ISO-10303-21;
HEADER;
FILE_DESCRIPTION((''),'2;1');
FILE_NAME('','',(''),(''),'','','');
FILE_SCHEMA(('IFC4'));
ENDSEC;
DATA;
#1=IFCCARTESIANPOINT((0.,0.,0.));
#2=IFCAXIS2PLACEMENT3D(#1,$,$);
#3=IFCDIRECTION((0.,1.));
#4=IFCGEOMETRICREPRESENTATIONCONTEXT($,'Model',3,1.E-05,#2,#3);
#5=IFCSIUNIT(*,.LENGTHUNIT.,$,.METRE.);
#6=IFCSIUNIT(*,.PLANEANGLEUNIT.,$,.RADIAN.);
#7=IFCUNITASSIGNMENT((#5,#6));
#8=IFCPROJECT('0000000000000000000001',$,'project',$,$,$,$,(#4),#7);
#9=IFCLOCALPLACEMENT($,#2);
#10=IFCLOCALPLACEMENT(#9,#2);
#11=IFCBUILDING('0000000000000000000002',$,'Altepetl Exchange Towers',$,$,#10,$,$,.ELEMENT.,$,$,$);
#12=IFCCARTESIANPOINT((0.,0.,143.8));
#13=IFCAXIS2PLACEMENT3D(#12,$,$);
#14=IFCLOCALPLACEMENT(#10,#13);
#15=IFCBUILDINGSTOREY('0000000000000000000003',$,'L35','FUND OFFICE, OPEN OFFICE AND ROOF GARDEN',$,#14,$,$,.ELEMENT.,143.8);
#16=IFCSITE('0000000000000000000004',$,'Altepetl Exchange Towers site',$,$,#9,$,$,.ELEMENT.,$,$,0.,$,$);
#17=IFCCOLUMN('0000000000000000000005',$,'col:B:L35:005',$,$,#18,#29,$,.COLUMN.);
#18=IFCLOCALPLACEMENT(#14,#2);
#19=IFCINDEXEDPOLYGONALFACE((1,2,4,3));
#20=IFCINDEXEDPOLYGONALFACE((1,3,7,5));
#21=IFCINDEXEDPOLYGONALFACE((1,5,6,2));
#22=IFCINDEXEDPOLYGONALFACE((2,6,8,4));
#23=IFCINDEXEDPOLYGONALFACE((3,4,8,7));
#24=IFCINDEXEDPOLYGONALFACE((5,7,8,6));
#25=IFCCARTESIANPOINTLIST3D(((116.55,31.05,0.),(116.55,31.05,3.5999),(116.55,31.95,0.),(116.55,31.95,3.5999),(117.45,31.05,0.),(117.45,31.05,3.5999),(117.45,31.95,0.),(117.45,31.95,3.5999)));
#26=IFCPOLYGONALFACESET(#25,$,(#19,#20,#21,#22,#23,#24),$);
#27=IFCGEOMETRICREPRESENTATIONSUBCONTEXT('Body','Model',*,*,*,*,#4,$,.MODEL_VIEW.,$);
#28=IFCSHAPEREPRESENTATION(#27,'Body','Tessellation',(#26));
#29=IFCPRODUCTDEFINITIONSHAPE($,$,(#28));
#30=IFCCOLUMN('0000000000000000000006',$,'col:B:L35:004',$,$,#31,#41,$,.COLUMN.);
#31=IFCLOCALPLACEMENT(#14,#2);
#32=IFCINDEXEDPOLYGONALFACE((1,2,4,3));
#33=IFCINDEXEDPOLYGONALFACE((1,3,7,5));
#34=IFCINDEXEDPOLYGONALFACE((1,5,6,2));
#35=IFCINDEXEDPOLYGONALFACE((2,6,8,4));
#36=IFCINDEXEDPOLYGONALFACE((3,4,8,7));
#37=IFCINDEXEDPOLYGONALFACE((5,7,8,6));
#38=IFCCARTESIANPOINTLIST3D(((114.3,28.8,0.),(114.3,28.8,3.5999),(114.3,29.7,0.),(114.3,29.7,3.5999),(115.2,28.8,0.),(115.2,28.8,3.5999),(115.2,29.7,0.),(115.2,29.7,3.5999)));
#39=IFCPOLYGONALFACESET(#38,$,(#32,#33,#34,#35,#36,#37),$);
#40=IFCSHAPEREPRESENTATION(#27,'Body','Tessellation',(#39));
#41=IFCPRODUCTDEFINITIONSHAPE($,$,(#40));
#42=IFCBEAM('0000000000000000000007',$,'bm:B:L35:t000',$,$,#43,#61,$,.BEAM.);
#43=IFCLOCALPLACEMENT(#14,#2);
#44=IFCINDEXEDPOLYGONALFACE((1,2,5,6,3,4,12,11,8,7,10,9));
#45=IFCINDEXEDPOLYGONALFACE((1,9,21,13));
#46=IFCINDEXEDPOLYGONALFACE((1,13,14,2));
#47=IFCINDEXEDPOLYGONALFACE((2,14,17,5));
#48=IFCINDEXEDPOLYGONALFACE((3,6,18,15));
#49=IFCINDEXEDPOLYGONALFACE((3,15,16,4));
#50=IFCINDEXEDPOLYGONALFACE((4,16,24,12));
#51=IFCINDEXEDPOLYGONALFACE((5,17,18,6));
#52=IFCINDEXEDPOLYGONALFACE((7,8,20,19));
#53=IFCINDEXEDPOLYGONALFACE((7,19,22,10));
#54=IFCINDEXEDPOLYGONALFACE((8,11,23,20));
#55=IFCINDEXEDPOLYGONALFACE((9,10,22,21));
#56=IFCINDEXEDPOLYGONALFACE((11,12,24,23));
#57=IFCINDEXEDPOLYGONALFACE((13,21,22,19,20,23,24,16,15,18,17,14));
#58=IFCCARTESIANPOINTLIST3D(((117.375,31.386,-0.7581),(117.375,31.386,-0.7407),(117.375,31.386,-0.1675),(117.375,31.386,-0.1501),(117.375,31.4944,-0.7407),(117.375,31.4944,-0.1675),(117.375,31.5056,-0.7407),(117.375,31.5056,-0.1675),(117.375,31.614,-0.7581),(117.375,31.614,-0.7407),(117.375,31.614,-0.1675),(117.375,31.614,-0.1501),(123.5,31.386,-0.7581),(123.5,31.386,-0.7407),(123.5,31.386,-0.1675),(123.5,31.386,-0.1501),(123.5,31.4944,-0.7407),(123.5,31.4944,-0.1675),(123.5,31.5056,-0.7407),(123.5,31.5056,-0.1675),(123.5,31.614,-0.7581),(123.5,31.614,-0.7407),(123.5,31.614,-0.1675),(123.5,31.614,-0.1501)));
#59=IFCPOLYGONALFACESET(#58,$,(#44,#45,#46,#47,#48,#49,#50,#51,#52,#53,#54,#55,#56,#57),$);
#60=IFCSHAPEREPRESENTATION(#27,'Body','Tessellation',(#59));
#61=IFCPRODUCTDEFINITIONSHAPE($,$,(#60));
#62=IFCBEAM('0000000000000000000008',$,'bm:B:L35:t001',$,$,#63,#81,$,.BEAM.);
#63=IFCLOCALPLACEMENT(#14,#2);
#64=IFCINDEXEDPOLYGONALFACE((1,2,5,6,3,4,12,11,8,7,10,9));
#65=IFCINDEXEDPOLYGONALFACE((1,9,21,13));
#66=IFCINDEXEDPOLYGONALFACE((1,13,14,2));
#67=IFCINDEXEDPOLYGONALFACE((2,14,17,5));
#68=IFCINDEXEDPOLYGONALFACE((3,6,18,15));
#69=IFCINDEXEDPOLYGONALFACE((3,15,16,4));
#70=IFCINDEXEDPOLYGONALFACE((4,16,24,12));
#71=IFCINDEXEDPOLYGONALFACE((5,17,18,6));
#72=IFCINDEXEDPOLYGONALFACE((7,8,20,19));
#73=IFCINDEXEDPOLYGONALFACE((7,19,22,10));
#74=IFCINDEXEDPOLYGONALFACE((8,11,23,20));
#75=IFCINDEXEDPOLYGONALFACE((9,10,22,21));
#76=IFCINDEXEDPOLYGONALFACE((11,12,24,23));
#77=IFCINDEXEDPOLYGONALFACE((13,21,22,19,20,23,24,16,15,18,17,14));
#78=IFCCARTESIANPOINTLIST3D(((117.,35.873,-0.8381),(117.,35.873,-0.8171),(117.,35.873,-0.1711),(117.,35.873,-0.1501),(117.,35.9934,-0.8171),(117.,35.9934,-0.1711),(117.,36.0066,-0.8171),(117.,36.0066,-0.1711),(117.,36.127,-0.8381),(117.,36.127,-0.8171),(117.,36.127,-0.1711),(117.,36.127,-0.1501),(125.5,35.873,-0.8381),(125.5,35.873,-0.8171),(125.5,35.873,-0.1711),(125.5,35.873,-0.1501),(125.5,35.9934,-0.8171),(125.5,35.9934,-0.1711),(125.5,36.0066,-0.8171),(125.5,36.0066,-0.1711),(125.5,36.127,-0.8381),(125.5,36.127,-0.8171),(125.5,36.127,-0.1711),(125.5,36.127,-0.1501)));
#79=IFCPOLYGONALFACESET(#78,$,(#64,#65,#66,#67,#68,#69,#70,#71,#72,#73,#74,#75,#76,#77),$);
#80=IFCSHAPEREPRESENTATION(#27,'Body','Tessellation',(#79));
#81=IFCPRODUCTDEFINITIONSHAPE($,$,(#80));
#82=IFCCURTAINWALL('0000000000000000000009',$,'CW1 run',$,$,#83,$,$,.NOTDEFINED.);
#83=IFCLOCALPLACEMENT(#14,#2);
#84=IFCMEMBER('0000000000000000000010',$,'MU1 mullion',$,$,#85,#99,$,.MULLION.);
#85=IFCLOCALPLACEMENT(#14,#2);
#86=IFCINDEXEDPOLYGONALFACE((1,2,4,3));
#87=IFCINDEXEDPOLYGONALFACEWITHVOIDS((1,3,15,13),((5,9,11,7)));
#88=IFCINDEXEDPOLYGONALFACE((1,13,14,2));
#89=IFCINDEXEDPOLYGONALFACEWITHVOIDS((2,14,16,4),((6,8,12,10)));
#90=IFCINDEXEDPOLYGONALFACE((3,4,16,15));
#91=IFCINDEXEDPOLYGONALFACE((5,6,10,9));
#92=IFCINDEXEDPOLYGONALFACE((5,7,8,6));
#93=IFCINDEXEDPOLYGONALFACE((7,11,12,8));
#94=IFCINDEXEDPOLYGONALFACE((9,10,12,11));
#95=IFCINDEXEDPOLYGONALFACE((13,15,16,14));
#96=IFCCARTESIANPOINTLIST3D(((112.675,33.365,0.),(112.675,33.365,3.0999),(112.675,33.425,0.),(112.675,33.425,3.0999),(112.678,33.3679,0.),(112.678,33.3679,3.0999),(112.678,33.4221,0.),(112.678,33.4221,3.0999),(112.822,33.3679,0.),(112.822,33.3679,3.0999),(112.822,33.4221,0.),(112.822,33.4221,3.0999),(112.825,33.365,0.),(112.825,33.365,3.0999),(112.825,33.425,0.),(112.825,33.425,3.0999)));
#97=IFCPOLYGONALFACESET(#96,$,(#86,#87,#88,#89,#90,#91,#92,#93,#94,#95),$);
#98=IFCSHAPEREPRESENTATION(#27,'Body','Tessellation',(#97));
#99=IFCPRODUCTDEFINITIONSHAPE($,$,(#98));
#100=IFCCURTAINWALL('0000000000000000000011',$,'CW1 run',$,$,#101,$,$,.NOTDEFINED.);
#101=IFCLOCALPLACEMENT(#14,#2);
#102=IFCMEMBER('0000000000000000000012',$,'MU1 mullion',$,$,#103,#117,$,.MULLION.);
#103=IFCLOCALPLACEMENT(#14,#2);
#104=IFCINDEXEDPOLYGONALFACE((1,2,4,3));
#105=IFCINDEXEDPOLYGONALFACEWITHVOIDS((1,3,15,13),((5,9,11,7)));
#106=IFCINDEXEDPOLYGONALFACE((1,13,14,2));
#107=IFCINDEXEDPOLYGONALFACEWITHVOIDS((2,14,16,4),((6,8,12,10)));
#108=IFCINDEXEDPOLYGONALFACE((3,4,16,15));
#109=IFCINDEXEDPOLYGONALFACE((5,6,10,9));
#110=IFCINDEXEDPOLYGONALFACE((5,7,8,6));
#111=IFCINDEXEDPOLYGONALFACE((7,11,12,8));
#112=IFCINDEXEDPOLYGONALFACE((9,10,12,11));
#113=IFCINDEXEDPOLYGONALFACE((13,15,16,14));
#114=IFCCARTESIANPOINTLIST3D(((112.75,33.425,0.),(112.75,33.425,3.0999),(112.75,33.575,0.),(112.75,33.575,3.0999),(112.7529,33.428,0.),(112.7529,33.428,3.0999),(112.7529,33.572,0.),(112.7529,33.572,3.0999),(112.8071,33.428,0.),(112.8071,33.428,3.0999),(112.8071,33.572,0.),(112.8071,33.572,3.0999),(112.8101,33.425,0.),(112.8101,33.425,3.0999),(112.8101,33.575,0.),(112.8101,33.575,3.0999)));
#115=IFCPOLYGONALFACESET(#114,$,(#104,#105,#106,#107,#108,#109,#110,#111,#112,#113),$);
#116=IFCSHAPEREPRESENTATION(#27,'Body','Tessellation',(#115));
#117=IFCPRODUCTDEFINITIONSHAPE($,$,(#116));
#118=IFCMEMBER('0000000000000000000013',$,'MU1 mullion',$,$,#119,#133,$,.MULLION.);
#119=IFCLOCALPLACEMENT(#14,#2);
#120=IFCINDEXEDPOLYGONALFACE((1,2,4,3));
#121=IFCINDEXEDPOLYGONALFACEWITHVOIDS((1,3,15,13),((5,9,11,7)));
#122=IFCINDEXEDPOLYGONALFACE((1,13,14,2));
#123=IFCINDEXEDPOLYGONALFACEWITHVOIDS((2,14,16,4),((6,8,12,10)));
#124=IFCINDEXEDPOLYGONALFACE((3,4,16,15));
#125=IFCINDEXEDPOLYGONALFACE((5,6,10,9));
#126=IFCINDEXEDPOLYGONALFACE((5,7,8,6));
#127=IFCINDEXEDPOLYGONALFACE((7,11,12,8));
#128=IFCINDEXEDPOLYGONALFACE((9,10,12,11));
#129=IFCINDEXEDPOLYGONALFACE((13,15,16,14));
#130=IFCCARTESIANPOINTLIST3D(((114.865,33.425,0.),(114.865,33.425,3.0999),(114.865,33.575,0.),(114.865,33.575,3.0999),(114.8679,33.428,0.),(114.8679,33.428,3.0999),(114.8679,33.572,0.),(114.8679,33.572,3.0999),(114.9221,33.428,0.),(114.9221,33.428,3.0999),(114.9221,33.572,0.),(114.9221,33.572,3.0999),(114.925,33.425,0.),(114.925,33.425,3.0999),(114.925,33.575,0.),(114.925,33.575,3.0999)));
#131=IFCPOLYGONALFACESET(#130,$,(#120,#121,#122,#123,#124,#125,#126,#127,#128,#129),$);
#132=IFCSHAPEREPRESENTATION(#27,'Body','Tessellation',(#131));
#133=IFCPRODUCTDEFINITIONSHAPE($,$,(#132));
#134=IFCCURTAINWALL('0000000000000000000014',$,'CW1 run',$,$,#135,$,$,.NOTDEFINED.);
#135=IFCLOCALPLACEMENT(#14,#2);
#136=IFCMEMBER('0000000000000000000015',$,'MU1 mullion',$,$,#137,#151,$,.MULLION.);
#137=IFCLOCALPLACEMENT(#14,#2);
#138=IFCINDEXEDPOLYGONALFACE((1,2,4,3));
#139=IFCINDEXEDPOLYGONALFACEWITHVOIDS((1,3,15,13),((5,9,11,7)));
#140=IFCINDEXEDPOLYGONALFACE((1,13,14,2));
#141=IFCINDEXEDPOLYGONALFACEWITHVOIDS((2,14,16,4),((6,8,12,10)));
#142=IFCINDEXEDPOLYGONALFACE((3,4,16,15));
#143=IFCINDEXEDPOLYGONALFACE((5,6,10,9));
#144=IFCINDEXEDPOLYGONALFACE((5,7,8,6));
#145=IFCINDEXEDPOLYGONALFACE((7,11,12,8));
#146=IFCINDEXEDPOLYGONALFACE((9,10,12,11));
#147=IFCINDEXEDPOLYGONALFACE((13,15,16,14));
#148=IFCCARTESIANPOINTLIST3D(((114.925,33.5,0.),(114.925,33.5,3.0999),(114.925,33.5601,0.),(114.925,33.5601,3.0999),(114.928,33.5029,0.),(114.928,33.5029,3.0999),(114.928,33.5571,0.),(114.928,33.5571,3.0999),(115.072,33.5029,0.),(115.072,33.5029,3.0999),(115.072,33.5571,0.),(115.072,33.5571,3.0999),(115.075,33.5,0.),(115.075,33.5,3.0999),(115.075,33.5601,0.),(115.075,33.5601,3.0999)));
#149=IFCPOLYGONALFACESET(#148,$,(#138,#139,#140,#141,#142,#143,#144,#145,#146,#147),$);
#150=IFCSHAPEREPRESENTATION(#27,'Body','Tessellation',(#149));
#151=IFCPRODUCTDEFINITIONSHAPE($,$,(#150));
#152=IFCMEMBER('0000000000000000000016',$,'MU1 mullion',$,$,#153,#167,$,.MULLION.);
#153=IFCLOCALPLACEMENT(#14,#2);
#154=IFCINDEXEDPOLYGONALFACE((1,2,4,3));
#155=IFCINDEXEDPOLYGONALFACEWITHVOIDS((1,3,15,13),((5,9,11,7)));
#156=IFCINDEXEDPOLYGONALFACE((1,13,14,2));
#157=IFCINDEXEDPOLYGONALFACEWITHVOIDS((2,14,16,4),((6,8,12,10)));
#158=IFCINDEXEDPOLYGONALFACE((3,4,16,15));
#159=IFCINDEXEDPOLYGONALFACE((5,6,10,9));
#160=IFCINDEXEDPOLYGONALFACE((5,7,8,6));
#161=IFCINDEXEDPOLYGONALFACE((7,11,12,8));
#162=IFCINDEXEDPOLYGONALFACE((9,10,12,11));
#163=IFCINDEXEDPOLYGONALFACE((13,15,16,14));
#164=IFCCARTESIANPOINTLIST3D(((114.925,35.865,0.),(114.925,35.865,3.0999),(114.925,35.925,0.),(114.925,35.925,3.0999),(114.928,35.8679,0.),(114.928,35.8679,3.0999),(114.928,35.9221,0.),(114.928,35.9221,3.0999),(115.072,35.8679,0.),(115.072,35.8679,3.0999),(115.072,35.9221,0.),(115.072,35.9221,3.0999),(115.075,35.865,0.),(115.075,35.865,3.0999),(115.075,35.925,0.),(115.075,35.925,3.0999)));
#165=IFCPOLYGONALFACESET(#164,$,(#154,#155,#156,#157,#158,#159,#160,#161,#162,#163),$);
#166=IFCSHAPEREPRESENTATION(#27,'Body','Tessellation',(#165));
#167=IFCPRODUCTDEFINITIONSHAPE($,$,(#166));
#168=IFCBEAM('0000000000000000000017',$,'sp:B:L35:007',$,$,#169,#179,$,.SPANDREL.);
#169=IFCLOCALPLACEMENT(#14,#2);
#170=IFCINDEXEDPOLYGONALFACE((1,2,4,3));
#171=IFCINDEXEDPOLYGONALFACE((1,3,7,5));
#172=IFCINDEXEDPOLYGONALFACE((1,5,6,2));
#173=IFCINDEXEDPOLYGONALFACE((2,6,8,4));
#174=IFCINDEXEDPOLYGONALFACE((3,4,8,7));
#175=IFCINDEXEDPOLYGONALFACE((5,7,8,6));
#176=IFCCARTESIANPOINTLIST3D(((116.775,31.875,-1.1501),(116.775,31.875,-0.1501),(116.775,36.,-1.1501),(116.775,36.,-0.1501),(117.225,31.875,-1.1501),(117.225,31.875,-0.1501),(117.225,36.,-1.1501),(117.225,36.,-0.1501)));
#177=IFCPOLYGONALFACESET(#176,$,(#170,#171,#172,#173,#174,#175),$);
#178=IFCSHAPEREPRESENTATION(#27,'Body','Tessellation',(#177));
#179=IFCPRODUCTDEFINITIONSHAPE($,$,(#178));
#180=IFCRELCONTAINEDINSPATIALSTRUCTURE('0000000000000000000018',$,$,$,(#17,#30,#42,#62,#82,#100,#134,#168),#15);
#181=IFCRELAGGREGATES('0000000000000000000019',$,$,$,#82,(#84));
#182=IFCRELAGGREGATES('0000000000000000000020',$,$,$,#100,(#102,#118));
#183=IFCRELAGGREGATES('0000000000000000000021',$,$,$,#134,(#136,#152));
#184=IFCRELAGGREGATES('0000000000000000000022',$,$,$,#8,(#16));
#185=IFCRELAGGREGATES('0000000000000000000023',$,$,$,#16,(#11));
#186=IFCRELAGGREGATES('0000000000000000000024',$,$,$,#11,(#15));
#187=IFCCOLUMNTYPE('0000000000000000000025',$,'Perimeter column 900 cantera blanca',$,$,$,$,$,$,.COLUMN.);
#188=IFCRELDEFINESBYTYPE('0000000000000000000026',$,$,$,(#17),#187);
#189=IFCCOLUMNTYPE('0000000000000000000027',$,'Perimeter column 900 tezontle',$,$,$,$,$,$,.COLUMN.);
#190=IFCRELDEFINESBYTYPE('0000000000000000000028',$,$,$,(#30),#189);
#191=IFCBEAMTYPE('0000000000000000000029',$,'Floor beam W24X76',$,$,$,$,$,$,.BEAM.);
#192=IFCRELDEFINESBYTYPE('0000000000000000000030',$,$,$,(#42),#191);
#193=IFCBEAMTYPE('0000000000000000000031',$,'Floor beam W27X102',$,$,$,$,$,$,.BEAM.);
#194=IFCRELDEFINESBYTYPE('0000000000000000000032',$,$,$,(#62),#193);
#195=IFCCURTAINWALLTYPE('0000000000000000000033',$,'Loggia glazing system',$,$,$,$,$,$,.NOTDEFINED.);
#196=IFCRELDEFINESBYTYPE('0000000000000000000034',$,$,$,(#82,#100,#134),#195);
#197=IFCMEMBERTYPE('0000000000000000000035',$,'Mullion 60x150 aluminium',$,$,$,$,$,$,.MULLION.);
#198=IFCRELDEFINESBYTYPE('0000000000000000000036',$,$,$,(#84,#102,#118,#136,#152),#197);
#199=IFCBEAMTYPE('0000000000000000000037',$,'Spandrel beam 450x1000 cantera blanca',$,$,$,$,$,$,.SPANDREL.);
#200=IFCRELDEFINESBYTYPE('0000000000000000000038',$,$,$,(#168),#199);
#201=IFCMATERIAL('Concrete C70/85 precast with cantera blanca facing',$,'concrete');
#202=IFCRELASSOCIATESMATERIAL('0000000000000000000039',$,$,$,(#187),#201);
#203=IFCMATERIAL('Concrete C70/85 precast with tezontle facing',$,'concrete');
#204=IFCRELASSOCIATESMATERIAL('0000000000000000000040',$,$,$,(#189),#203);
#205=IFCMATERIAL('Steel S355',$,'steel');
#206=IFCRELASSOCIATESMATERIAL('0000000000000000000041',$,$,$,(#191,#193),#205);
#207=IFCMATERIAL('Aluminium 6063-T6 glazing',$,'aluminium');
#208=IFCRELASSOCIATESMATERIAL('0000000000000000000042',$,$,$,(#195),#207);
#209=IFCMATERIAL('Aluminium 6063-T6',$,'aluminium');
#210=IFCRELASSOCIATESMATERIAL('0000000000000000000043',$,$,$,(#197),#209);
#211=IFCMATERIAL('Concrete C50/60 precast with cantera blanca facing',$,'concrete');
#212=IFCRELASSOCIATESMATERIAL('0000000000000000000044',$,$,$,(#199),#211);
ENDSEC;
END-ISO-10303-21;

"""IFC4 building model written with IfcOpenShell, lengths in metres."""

from ifc_helpers import new_model, si_unit, direction, frame, origin, origin_2d, place, context, subcontext, project, spatial, rectangle, hollow_rectangle, i_section, extrude, material, material_profile, profile_set, type_object, element, aggregate, save


model = new_model("IFC4")

# Units and contexts
model_context = context("Model", 3, precision=1e-05, world=origin(), true_north=direction((0.0, 1.0)))
body_context = subcontext(model_context, "Body", "Model", "MODEL_VIEW")
ifc_project = project(units=[si_unit("LENGTHUNIT", "METRE"), si_unit("PLANEANGLEUNIT", "RADIAN")], contexts=[model_context])

# Site, building, storey
site_placement = place(None, origin())
site = spatial("IfcSite", under=ifc_project, at=site_placement, Name="Altepetl Exchange Towers site", CompositionType="ELEMENT", RefElevation=0.0)
building_placement = place(site_placement, origin())
building = spatial("IfcBuilding", under=site, at=building_placement, Name="Altepetl Exchange Towers", CompositionType="ELEMENT")
storey_placement = place(building_placement, frame((0.0, 0.0, 143.8)))
storey = spatial("IfcBuildingStorey", under=building, at=storey_placement, Name="L35", Description="FUND OFFICE, OPEN OFFICE AND ROOF GARDEN", CompositionType="ELEMENT", Elevation=143.8)

# Columns
ifc_material_1 = material(Name="Concrete C70/85 precast with cantera blanca facing", Category="concrete")
ifc_material_profile_1 = material_profile(ifc_material_1, rectangle(XDim=0.8999, YDim=0.8999, at=origin_2d()), Name="900 x 900")
ifc_profile_set_1 = profile_set([ifc_material_profile_1], Name="Concrete C70/85 precast with cantera blanca facing")
column_type_1 = type_object("IfcColumnType", Name="Perimeter column 900 cantera blanca", PredefinedType="COLUMN", material=ifc_profile_set_1)
column_1_placement = place(storey_placement, frame((117.0, 31.5, 0.0)))
element("IfcColumn", 1, at=column_1_placement, inside=storey, type_object=column_type_1, Name="col:B:L35:005", PredefinedType="COLUMN", context=body_context, shape_type="SweptSolid", body=[
    extrude(rectangle(XDim=0.8999, YDim=0.8999, at=origin_2d()), origin(), (0.0, 0.0, 1.0), 3.5999),
])
ifc_material_2 = material(Name="Concrete C70/85 precast with tezontle facing", Category="concrete")
ifc_material_profile_2 = material_profile(ifc_material_2, rectangle(XDim=0.8999, YDim=0.8999, at=origin_2d()), Name="900 x 900")
ifc_profile_set_2 = profile_set([ifc_material_profile_2], Name="Concrete C70/85 precast with tezontle facing")
column_type_2 = type_object("IfcColumnType", Name="Perimeter column 900 tezontle", PredefinedType="COLUMN", material=ifc_profile_set_2)
column_2_placement = place(storey_placement, frame((114.75, 29.25, 0.0)))
element("IfcColumn", 2, at=column_2_placement, inside=storey, type_object=column_type_2, Name="col:B:L35:004", PredefinedType="COLUMN", context=body_context, shape_type="SweptSolid", body=[
    extrude(rectangle(XDim=0.8999, YDim=0.8999, at=origin_2d()), origin(), (0.0, 0.0, 1.0), 3.5999),
])

# Beams
ifc_material_3 = material(Name="Steel S355", Category="steel")
ifc_material_profile_3 = material_profile(ifc_material_3, i_section(OverallWidth=0.228, OverallDepth=0.6079, WebThickness=0.0112, FlangeThickness=0.0173, at=origin_2d()), Name="W24X76")
ifc_profile_set_3 = profile_set([ifc_material_profile_3], Name="Steel S355")
beam_type_1 = type_object("IfcBeamType", Name="Floor beam W24X76", PredefinedType="BEAM", material=ifc_profile_set_3)
beam_1_placement = place(storey_placement, frame((117.375, 31.5, -0.4541), z_axis=(1.0, 0.0, 0.0), x_axis=(0.0, 1.0, 0.0)))
element("IfcBeam", 3, at=beam_1_placement, inside=storey, type_object=beam_type_1, Name="bm:B:L35:t000", PredefinedType="BEAM", context=body_context, shape_type="SweptSolid", body=[
    extrude(i_section(OverallWidth=0.228, OverallDepth=0.6079, WebThickness=0.0112, FlangeThickness=0.0173, at=origin_2d()), origin(), (0.0, 0.0, 1.0), 6.125),
])
ifc_material_profile_4 = material_profile(ifc_material_3, i_section(OverallWidth=0.2539, OverallDepth=0.688, WebThickness=0.0132, FlangeThickness=0.021, at=origin_2d()), Name="W27X102")
ifc_profile_set_4 = profile_set([ifc_material_profile_4], Name="Steel S355")
beam_type_2 = type_object("IfcBeamType", Name="Floor beam W27X102", PredefinedType="BEAM", material=ifc_profile_set_4)
beam_2_placement = place(storey_placement, frame((117.0, 36.0, -0.4941), z_axis=(1.0, 0.0, 0.0), x_axis=(0.0, 1.0, 0.0)))
element("IfcBeam", 4, at=beam_2_placement, inside=storey, type_object=beam_type_2, Name="bm:B:L35:t001", PredefinedType="BEAM", context=body_context, shape_type="SweptSolid", body=[
    extrude(i_section(OverallWidth=0.2539, OverallDepth=0.688, WebThickness=0.0132, FlangeThickness=0.021, at=origin_2d()), origin(), (0.0, 0.0, 1.0), 8.5),
])

# Curtain wall, member
ifc_material_4 = material(Name="Aluminium 6063-T6 glazing", Category="aluminium")
curtain_wall_type = type_object("IfcCurtainWallType", Name="Loggia glazing system", PredefinedType="NOTDEFINED", material=ifc_material_4)
curtain_wall_1_placement = place(storey_placement, origin())
curtain_wall_1 = element("IfcCurtainWall", 5, at=curtain_wall_1_placement, inside=storey, type_object=curtain_wall_type, Name="CW1 run", PredefinedType="NOTDEFINED")
ifc_material_5 = material(Name="Aluminium 6063-T6", Category="aluminium")
ifc_material_profile_5 = material_profile(ifc_material_5, hollow_rectangle(XDim=0.0601, YDim=0.1499, WallThickness=0.0029, at=origin_2d()), Name="Mullion 60x150 aluminium")
ifc_profile_set_5 = profile_set([ifc_material_profile_5], Name="Aluminium 6063-T6")
member_type = type_object("IfcMemberType", Name="Mullion 60x150 aluminium", PredefinedType="MULLION", material=ifc_profile_set_5)
member_1_placement = place(storey_placement, frame((112.75, 33.395, 0.0), z_axis=(0.0, 0.0, 1.0), x_axis=(0.0, 1.0, 0.0)))
member_1 = element("IfcMember", 6, at=member_1_placement, type_object=member_type, Name="MU1 mullion", PredefinedType="MULLION", context=body_context, shape_type="SweptSolid", body=[
    extrude(hollow_rectangle(XDim=0.0601, YDim=0.1499, WallThickness=0.0029, at=origin_2d()), origin(), (0.0, 0.0, 1.0), 3.0999),
])
aggregate(curtain_wall_1, [member_1])

# Curtain walls, members
curtain_wall_2_placement = place(storey_placement, origin())
curtain_wall_2 = element("IfcCurtainWall", 7, at=curtain_wall_2_placement, inside=storey, type_object=curtain_wall_type, Name="CW1 run", PredefinedType="NOTDEFINED")
member_2_placement = place(storey_placement, frame((112.78, 33.5, 0.0)))
member_2 = element("IfcMember", 8, at=member_2_placement, type_object=member_type, Name="MU1 mullion", PredefinedType="MULLION", context=body_context, shape_type="SweptSolid", body=[
    extrude(hollow_rectangle(XDim=0.0601, YDim=0.1499, WallThickness=0.0029, at=origin_2d()), origin(), (0.0, 0.0, 1.0), 3.0999),
])
member_3_placement = place(storey_placement, frame((114.895, 33.5, 0.0)))
member_3 = element("IfcMember", 9, at=member_3_placement, type_object=member_type, Name="MU1 mullion", PredefinedType="MULLION", context=body_context, shape_type="SweptSolid", body=[
    extrude(hollow_rectangle(XDim=0.0601, YDim=0.1499, WallThickness=0.0029, at=origin_2d()), origin(), (0.0, 0.0, 1.0), 3.0999),
])
curtain_wall_3_placement = place(storey_placement, origin())
curtain_wall_3 = element("IfcCurtainWall", 10, at=curtain_wall_3_placement, inside=storey, type_object=curtain_wall_type, Name="CW1 run", PredefinedType="NOTDEFINED")
member_4_placement = place(storey_placement, frame((115.0, 33.53, 0.0), z_axis=(0.0, 0.0, 1.0), x_axis=(0.0, 1.0, 0.0)))
member_4 = element("IfcMember", 11, at=member_4_placement, type_object=member_type, Name="MU1 mullion", PredefinedType="MULLION", context=body_context, shape_type="SweptSolid", body=[
    extrude(hollow_rectangle(XDim=0.0601, YDim=0.1499, WallThickness=0.0029, at=origin_2d()), origin(), (0.0, 0.0, 1.0), 3.0999),
])
member_5_placement = place(storey_placement, frame((115.0, 35.895, 0.0), z_axis=(0.0, 0.0, 1.0), x_axis=(0.0, 1.0, 0.0)))
member_5 = element("IfcMember", 12, at=member_5_placement, type_object=member_type, Name="MU1 mullion", PredefinedType="MULLION", context=body_context, shape_type="SweptSolid", body=[
    extrude(hollow_rectangle(XDim=0.0601, YDim=0.1499, WallThickness=0.0029, at=origin_2d()), origin(), (0.0, 0.0, 1.0), 3.0999),
])

# Beam
ifc_material_6 = material(Name="Concrete C50/60 precast with cantera blanca facing", Category="concrete")
ifc_material_profile_6 = material_profile(ifc_material_6, rectangle(XDim=0.45, YDim=1.0, at=origin_2d()), Name="450 x 1000")
ifc_profile_set_6 = profile_set([ifc_material_profile_6], Name="Concrete C50/60 precast with cantera blanca facing")
beam_type_3 = type_object("IfcBeamType", Name="Spandrel beam 450x1000 cantera blanca", PredefinedType="SPANDREL", material=ifc_profile_set_6)
beam_3_placement = place(storey_placement, frame((117.0, 31.875, -0.6501), z_axis=(0.0, 1.0, 0.0), x_axis=(-1.0, 0.0, 0.0)))
element("IfcBeam", 13, at=beam_3_placement, inside=storey, type_object=beam_type_3, Name="sp:B:L35:007", PredefinedType="SPANDREL", context=body_context, shape_type="SweptSolid", body=[
    extrude(rectangle(XDim=0.45, YDim=1.0, at=origin_2d()), origin(), (0.0, 0.0, 1.0), 4.125),
])

aggregate(curtain_wall_2, [member_2, member_3])
aggregate(curtain_wall_3, [member_4, member_5])

save(model, "model.ifc")
